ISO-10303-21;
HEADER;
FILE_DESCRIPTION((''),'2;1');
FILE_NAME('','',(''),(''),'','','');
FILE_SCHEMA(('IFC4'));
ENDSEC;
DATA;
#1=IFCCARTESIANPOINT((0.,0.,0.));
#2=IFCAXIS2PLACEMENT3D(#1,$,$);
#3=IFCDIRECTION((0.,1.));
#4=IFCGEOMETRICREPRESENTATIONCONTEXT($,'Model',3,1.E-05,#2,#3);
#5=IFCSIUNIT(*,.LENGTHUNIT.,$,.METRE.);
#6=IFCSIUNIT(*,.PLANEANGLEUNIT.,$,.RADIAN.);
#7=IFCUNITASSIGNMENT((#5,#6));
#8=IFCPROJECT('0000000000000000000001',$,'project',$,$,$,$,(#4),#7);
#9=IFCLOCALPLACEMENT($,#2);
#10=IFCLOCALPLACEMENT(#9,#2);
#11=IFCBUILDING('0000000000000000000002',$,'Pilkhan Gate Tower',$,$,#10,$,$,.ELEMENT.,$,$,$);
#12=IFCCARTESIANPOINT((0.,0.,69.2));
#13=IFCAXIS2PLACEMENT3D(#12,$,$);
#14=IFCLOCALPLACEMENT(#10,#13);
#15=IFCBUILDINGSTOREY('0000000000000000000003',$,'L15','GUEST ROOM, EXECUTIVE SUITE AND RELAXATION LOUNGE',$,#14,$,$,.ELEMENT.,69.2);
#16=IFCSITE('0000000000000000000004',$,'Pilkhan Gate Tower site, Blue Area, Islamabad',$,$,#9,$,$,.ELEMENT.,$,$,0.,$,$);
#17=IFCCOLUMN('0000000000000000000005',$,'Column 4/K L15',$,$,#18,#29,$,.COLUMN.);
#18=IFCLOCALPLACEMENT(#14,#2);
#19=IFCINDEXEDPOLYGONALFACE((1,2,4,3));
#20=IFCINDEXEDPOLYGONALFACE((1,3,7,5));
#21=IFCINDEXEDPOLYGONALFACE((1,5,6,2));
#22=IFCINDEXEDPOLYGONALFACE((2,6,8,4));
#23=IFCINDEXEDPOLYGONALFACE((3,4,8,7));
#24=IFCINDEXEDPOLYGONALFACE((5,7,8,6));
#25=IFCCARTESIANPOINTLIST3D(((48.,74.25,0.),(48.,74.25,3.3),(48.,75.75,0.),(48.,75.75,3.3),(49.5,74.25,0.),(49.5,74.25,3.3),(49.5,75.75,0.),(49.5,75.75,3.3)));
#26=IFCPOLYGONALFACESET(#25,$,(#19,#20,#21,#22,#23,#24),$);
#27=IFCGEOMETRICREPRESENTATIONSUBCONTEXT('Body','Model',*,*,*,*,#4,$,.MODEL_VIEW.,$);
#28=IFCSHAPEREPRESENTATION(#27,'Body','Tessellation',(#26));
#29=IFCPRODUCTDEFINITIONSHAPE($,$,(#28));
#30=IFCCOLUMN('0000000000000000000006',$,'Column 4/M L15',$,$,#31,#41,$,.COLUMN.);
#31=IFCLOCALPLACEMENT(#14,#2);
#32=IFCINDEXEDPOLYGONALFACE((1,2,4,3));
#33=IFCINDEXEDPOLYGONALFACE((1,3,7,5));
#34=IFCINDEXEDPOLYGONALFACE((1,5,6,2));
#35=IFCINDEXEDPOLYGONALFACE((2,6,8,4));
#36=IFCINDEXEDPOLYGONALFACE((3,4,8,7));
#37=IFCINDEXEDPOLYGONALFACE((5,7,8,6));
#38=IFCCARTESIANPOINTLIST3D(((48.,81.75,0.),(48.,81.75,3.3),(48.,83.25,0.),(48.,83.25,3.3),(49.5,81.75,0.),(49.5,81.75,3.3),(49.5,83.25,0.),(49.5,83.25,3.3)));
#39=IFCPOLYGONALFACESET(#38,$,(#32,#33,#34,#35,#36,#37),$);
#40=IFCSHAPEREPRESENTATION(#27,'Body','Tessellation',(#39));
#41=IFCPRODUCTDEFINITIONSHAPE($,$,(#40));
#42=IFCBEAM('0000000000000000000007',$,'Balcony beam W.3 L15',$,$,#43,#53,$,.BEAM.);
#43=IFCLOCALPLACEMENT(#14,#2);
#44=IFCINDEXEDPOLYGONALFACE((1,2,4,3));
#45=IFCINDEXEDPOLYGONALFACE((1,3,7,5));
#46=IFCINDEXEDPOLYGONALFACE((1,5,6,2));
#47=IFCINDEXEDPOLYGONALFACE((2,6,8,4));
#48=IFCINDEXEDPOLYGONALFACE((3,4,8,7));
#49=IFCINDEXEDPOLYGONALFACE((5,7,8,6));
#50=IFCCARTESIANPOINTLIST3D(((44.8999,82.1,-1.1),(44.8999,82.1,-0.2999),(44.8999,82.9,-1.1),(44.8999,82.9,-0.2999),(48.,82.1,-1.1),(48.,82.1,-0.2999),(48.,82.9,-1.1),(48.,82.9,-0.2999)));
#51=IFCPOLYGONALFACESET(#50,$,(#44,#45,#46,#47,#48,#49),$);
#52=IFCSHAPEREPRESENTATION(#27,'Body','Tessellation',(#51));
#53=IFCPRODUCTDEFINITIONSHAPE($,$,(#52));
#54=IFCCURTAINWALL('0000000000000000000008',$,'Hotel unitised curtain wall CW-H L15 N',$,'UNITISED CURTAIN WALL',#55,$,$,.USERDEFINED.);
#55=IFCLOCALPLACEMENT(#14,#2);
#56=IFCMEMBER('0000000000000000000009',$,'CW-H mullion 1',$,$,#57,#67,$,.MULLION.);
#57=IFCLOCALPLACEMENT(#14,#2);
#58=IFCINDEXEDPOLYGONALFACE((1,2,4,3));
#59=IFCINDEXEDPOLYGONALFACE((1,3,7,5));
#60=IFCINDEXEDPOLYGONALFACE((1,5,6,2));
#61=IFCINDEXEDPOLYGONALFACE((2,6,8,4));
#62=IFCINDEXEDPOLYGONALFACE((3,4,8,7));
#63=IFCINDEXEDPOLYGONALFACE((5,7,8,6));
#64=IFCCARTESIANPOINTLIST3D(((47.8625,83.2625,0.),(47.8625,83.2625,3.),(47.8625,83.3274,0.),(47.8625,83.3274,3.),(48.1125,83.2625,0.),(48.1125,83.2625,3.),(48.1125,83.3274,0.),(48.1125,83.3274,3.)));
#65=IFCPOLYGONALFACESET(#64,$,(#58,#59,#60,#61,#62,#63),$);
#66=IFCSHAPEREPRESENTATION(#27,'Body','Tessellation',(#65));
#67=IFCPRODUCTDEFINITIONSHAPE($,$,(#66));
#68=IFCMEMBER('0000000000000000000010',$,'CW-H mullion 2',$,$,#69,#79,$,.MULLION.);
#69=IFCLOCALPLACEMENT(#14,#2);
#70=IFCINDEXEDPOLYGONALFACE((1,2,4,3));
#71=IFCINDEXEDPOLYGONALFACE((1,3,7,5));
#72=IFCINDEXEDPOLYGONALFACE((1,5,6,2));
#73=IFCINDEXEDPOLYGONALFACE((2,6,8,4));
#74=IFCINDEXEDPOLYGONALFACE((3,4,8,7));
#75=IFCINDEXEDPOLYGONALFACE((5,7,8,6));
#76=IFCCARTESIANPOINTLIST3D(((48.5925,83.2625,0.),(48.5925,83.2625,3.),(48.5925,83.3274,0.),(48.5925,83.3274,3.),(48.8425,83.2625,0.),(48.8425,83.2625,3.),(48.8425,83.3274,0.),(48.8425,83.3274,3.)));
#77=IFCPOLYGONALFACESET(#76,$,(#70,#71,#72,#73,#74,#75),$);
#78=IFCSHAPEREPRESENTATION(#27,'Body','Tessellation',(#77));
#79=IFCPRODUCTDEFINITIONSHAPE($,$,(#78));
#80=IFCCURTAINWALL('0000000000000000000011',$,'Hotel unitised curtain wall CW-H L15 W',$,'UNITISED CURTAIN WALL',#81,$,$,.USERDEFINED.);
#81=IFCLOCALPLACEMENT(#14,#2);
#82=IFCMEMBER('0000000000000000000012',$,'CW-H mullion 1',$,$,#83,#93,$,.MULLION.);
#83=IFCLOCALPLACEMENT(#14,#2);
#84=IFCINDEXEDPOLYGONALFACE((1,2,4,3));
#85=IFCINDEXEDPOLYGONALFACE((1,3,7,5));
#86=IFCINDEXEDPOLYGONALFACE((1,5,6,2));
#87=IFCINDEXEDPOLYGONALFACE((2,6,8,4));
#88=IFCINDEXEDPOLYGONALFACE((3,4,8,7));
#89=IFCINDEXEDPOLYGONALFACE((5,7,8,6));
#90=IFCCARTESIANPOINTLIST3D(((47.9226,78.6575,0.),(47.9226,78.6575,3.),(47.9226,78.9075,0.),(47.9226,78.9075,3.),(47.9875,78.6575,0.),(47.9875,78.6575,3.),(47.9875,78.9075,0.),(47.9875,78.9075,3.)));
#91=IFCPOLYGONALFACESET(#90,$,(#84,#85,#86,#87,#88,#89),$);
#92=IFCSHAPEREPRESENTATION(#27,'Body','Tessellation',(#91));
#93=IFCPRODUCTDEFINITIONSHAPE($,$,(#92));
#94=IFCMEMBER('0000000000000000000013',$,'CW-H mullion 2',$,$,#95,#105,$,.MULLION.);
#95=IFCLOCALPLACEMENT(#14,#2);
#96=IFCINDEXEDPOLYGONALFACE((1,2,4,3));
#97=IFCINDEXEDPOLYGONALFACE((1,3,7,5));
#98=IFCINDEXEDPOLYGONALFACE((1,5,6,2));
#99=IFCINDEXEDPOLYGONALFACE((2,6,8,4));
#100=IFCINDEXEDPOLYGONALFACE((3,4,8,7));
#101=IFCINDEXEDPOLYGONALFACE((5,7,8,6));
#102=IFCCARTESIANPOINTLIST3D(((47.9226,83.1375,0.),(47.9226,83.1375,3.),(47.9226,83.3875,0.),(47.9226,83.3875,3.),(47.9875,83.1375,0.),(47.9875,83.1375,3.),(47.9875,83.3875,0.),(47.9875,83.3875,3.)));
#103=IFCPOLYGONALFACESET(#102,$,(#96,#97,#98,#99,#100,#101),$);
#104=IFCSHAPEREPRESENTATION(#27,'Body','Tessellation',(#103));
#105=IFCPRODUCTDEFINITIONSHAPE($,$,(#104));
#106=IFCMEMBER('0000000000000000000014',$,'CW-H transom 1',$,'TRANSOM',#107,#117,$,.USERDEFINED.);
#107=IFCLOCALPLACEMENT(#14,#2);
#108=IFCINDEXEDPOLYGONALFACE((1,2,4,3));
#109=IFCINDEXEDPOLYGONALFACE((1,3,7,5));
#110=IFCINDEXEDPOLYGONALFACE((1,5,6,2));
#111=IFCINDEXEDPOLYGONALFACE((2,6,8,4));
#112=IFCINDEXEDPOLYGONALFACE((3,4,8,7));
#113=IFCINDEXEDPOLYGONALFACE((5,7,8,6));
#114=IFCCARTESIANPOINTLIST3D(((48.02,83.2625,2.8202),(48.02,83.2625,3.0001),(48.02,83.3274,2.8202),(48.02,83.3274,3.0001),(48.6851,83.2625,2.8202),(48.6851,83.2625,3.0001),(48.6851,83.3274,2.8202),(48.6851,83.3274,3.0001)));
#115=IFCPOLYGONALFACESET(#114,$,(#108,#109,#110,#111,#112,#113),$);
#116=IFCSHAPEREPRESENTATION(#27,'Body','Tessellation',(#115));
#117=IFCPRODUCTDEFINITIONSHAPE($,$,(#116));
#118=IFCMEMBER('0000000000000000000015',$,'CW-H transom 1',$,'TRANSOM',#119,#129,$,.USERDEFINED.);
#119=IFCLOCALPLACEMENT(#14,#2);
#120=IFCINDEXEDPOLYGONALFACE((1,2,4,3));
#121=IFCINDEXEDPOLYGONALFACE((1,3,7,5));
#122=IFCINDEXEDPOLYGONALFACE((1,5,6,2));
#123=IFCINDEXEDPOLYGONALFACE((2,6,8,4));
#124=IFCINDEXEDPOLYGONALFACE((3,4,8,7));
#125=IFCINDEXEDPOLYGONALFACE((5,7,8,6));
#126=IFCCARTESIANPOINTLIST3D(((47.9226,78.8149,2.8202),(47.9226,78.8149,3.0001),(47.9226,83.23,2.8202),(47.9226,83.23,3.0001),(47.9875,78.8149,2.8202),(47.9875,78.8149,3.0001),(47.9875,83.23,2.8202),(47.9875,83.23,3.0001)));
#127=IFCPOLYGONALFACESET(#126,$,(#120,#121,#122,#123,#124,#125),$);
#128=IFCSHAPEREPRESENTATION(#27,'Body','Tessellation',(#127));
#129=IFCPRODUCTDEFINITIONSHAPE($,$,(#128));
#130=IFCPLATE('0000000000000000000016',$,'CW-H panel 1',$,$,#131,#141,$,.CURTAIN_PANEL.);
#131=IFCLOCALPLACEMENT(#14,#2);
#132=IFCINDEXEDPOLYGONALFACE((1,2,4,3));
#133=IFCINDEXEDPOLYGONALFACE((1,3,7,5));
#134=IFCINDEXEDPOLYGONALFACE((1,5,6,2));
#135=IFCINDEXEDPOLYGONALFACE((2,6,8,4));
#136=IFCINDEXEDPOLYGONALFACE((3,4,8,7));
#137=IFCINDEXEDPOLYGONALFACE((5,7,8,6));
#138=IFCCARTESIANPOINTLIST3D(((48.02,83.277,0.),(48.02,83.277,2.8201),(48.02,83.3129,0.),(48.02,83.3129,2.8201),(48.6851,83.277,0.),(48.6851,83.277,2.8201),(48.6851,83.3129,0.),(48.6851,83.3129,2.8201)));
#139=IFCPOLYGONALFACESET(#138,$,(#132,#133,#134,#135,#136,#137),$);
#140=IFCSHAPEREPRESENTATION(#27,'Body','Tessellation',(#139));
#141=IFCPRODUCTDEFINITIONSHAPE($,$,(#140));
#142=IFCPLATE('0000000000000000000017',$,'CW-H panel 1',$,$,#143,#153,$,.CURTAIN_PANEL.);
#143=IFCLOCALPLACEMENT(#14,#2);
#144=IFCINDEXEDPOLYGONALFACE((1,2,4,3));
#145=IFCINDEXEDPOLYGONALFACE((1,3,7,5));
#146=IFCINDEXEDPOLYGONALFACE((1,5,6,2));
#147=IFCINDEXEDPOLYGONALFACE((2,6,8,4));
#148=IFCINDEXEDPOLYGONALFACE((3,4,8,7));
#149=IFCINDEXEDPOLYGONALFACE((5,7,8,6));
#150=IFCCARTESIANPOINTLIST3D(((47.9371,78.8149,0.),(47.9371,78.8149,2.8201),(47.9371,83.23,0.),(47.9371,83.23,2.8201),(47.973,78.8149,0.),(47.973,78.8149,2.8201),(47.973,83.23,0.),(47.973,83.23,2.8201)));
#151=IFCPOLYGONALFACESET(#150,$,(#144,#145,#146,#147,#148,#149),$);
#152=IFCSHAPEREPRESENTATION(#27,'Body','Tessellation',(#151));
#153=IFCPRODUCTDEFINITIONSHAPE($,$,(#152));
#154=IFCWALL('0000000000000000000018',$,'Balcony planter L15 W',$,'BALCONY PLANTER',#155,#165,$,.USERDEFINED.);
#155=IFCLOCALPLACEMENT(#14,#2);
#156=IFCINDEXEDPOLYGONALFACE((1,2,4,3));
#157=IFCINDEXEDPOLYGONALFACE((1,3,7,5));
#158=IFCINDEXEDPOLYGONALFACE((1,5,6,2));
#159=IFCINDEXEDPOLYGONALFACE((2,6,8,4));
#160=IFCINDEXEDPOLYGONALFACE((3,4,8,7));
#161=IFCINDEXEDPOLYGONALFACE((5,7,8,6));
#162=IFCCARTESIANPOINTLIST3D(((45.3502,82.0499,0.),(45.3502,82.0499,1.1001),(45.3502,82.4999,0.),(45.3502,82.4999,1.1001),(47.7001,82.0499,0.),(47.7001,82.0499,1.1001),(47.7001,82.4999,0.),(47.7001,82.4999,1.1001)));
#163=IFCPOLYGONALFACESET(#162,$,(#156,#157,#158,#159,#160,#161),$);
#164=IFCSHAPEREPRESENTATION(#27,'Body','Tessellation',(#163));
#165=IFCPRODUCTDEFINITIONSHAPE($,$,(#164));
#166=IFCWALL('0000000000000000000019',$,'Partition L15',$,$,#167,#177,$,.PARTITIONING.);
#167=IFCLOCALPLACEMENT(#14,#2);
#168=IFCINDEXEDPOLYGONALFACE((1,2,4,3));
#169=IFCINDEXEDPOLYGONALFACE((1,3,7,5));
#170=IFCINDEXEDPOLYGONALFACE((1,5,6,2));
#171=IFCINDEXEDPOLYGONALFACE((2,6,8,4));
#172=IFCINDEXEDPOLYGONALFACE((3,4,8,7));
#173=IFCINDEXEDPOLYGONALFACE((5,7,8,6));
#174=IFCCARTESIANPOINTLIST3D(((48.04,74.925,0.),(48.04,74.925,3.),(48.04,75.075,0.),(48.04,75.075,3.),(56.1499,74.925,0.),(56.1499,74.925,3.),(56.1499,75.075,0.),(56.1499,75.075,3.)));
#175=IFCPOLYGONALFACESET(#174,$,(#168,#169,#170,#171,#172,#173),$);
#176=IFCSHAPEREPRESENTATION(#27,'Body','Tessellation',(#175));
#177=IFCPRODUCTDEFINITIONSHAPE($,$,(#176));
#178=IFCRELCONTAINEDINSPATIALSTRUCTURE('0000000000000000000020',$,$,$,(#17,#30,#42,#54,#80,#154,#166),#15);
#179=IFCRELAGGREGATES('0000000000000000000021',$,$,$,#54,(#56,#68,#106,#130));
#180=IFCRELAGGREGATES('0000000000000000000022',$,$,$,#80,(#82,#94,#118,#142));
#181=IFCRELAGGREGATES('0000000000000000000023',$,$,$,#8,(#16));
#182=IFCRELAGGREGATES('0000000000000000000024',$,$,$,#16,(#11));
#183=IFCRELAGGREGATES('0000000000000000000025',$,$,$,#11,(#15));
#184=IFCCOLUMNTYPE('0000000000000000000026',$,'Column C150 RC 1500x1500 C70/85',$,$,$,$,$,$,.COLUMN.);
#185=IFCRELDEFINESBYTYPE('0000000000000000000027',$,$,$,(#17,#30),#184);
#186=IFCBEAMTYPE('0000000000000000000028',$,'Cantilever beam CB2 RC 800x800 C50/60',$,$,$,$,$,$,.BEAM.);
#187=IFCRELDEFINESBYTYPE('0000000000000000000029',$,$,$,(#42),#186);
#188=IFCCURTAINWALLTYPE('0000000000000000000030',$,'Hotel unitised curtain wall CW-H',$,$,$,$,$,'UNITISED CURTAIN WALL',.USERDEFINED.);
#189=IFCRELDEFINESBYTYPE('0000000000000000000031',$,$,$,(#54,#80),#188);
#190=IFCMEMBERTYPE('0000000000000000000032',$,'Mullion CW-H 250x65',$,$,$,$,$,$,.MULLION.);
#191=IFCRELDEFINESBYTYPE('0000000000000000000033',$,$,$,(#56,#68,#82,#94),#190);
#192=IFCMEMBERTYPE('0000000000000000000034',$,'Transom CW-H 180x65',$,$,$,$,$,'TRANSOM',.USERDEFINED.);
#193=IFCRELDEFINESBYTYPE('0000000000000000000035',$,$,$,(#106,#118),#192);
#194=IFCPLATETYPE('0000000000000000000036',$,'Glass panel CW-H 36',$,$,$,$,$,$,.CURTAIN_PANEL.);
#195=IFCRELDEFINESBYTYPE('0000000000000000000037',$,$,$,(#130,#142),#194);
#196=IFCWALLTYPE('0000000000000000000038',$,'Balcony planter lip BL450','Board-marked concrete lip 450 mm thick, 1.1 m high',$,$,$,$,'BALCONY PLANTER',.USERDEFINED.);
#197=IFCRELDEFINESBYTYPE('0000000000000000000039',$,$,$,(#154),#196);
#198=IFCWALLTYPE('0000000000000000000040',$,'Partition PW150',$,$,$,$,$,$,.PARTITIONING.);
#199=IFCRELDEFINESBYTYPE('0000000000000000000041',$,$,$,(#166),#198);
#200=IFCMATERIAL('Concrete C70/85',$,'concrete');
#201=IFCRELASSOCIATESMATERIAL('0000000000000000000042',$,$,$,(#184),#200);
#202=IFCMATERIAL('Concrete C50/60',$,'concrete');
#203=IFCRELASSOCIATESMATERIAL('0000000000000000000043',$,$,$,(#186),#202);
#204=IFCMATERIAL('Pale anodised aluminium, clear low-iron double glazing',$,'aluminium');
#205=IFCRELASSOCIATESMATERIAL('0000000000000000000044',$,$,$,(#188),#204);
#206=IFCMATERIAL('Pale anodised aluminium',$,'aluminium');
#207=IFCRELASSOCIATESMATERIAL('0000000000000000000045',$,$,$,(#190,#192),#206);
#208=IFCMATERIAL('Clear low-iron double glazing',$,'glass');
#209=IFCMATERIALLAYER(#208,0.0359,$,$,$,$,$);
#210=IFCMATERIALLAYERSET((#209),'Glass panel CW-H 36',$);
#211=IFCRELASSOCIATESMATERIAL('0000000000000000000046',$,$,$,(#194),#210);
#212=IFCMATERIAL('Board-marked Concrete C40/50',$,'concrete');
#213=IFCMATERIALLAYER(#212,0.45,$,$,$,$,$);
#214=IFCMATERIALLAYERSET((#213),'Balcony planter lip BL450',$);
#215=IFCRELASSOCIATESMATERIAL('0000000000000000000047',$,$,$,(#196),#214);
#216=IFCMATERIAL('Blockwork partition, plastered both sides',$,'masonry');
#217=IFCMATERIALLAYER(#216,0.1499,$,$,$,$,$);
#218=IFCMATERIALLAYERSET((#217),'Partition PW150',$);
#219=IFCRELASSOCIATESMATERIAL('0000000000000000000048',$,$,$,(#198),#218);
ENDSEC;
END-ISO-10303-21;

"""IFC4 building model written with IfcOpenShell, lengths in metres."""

from ifc_helpers import new_model, si_unit, direction, frame, frame_2d, origin, origin_2d, place, context, subcontext, project, spatial, rectangle, extrude, material, layer, layer_set, material_profile, profile_set, type_object, element, aggregate, save


model = new_model("IFC4")

# Units and contexts
model_context = context("Model", 3, precision=1e-05, world=origin(), true_north=direction((0.0, 1.0)))
body_context = subcontext(model_context, "Body", "Model", "MODEL_VIEW")
ifc_project = project(units=[si_unit("LENGTHUNIT", "METRE"), si_unit("PLANEANGLEUNIT", "RADIAN")], contexts=[model_context])

# Site, building, storey
site_placement = place(None, origin())
site = spatial("IfcSite", under=ifc_project, at=site_placement, Name="Pilkhan Gate Tower site, Blue Area, Islamabad", CompositionType="ELEMENT", RefElevation=0.0)
building_placement = place(site_placement, origin())
building = spatial("IfcBuilding", under=site, at=building_placement, Name="Pilkhan Gate Tower", CompositionType="ELEMENT")
storey_placement = place(building_placement, frame((0.0, 0.0, 69.2)))
storey = spatial("IfcBuildingStorey", under=building, at=storey_placement, Name="L15", Description="GUEST ROOM, EXECUTIVE SUITE AND RELAXATION LOUNGE", CompositionType="ELEMENT", Elevation=69.2)

# Columns
ifc_material_1 = material(Name="Concrete C70/85", Category="concrete")
ifc_material_profile_1 = material_profile(ifc_material_1, rectangle(XDim=1.5, YDim=1.5, at=origin_2d()), Name="RC 1500x1500")
ifc_profile_set_1 = profile_set([ifc_material_profile_1], Name="Concrete C70/85")
column_type = type_object("IfcColumnType", Name="Column C150 RC 1500x1500 C70/85", PredefinedType="COLUMN", material=ifc_profile_set_1)
for number, where, z_axis, x_axis, name in (
    (1, (48.75, 75.0, 0.0), (0.0, 0.0, 1.0), (1.0, 0.0, 0.0), "Column 4/K L15"),
    (2, (48.75, 82.5, 0.0), (0.0, 0.0, 1.0), (1.0, 0.0, 0.0), "Column 4/M L15"),
):
    element("IfcColumn", number, at=place(storey_placement, frame(where, z_axis=z_axis, x_axis=x_axis)), inside=storey, type_object=column_type, Name=name, PredefinedType="COLUMN", context=body_context, shape_type="SweptSolid", body=[
        extrude(rectangle(XDim=1.5, YDim=1.5, at=origin_2d()), origin(), (0.0, 0.0, 1.0), 3.3),
    ])

# Beam
ifc_material_2 = material(Name="Concrete C50/60", Category="concrete")
ifc_material_profile_2 = material_profile(ifc_material_2, rectangle(XDim=0.8, YDim=0.8, at=origin_2d()), Name="RC 800x800")
ifc_profile_set_2 = profile_set([ifc_material_profile_2], Name="Concrete C50/60")
beam_type = type_object("IfcBeamType", Name="Cantilever beam CB2 RC 800x800 C50/60", PredefinedType="BEAM", material=ifc_profile_set_2)
beam_placement = place(storey_placement, frame((48.0, 82.5, -0.7), z_axis=(-1.0, 0.0, 0.0), x_axis=(0.0, -1.0, 0.0)))
element("IfcBeam", 3, at=beam_placement, inside=storey, type_object=beam_type, Name="Balcony beam W.3 L15", PredefinedType="BEAM", context=body_context, shape_type="SweptSolid", body=[
    extrude(rectangle(XDim=0.8, YDim=0.8, at=origin_2d()), origin(), (0.0, 0.0, 1.0), 3.1001),
])

# Curtain walls, members
ifc_material_3 = material(Name="Pale anodised aluminium, clear low-iron double glazing", Category="aluminium")
curtain_wall_type = type_object("IfcCurtainWallType", Name="Hotel unitised curtain wall CW-H", ElementType="UNITISED CURTAIN WALL", PredefinedType="USERDEFINED", material=ifc_material_3)
curtain_wall_1_placement = place(storey_placement, origin())
curtain_wall_1 = element("IfcCurtainWall", 4, at=curtain_wall_1_placement, inside=storey, type_object=curtain_wall_type, Name="Hotel unitised curtain wall CW-H L15 N", ObjectType="UNITISED CURTAIN WALL", PredefinedType="USERDEFINED")
ifc_material_4 = material(Name="Pale anodised aluminium", Category="aluminium")
ifc_material_profile_3 = material_profile(ifc_material_4, rectangle(XDim=0.0649, YDim=0.25, at=origin_2d()), Name="Mullion 250x65")
ifc_profile_set_3 = profile_set([ifc_material_profile_3], Name="Pale anodised aluminium")
member_type_1 = type_object("IfcMemberType", Name="Mullion CW-H 250x65", PredefinedType="MULLION", material=ifc_profile_set_3)
member_1_placement = place(storey_placement, frame((47.9875, 83.2949, 0.0), z_axis=(0.0, 0.0, 1.0), x_axis=(0.0, 1.0, 0.0)))
member_1 = element("IfcMember", 5, at=member_1_placement, type_object=member_type_1, Name="CW-H mullion 1", PredefinedType="MULLION", context=body_context, shape_type="SweptSolid", body=[
    extrude(rectangle(XDim=0.0649, YDim=0.25, at=origin_2d()), origin(), (0.0, 0.0, 1.0), 3.0),
])
member_2_placement = place(storey_placement, frame((48.7175, 83.2949, 0.0), z_axis=(0.0, 0.0, 1.0), x_axis=(0.0, 1.0, 0.0)))
member_2 = element("IfcMember", 6, at=member_2_placement, type_object=member_type_1, Name="CW-H mullion 2", PredefinedType="MULLION", context=body_context, shape_type="SweptSolid", body=[
    extrude(rectangle(XDim=0.0649, YDim=0.25, at=origin_2d()), origin(), (0.0, 0.0, 1.0), 3.0),
])
curtain_wall_2_placement = place(storey_placement, origin())
curtain_wall_2 = element("IfcCurtainWall", 7, at=curtain_wall_2_placement, inside=storey, type_object=curtain_wall_type, Name="Hotel unitised curtain wall CW-H L15 W", ObjectType="UNITISED CURTAIN WALL", PredefinedType="USERDEFINED")
member_3_placement = place(storey_placement, frame((47.9551, 78.7825, 0.0), z_axis=(0.0, 0.0, 1.0), x_axis=(-1.0, 0.0, 0.0)))
member_3 = element("IfcMember", 8, at=member_3_placement, type_object=member_type_1, Name="CW-H mullion 1", PredefinedType="MULLION", context=body_context, shape_type="SweptSolid", body=[
    extrude(rectangle(XDim=0.0649, YDim=0.25, at=origin_2d()), origin(), (0.0, 0.0, 1.0), 3.0),
])
member_4_placement = place(storey_placement, frame((47.9551, 83.2625, 0.0), z_axis=(0.0, 0.0, 1.0), x_axis=(-1.0, 0.0, 0.0)))
member_4 = element("IfcMember", 9, at=member_4_placement, type_object=member_type_1, Name="CW-H mullion 2", PredefinedType="MULLION", context=body_context, shape_type="SweptSolid", body=[
    extrude(rectangle(XDim=0.0649, YDim=0.25, at=origin_2d()), origin(), (0.0, 0.0, 1.0), 3.0),
])

# Members
ifc_material_profile_4 = material_profile(ifc_material_4, rectangle(XDim=0.0649, YDim=0.1799, at=origin_2d()), Name="Transom 180x65")
ifc_profile_set_4 = profile_set([ifc_material_profile_4], Name="Pale anodised aluminium")
member_type_2 = type_object("IfcMemberType", Name="Transom CW-H 180x65", ElementType="TRANSOM", PredefinedType="USERDEFINED", material=ifc_profile_set_4)
member_5_placement = place(storey_placement, frame((48.02, 83.2949, 2.9102), z_axis=(1.0, 0.0, 0.0), x_axis=(0.0, 1.0, 0.0)))
member_5 = element("IfcMember", 10, at=member_5_placement, type_object=member_type_2, Name="CW-H transom 1", ObjectType="TRANSOM", PredefinedType="USERDEFINED", context=body_context, shape_type="SweptSolid", body=[
    extrude(rectangle(XDim=0.0649, YDim=0.1799, at=origin_2d()), origin(), (0.0, 0.0, 1.0), 0.665),
])
member_6_placement = place(storey_placement, frame((47.9551, 78.8149, 2.9102), z_axis=(0.0, 1.0, 0.0), x_axis=(-1.0, 0.0, 0.0)))
member_6 = element("IfcMember", 11, at=member_6_placement, type_object=member_type_2, Name="CW-H transom 1", ObjectType="TRANSOM", PredefinedType="USERDEFINED", context=body_context, shape_type="SweptSolid", body=[
    extrude(rectangle(XDim=0.0649, YDim=0.1799, at=origin_2d()), origin(), (0.0, 0.0, 1.0), 4.415),
])

# Plates
ifc_material_5 = material(Name="Clear low-iron double glazing", Category="glass")
ifc_layer_1 = layer(ifc_material_5, 0.0359)
ifc_layer_set_1 = layer_set([ifc_layer_1], Name="Glass panel CW-H 36")
plate_type = type_object("IfcPlateType", Name="Glass panel CW-H 36", PredefinedType="CURTAIN_PANEL", material=ifc_layer_set_1)
plate_1_placement = place(storey_placement, frame((48.3525, 83.2949, 0.0), z_axis=(0.0, 0.0, 1.0), x_axis=(1.0, 0.0, 0.0)))
plate_1 = element("IfcPlate", 12, at=plate_1_placement, type_object=plate_type, Name="CW-H panel 1", PredefinedType="CURTAIN_PANEL", context=body_context, shape_type="SweptSolid", body=[
    extrude(rectangle(XDim=0.665, YDim=0.0359, at=origin_2d()), origin(), (0.0, 0.0, 1.0), 2.8201),
])
aggregate(curtain_wall_1, [member_1, member_2, member_5, plate_1])
plate_2_placement = place(storey_placement, frame((47.9551, 81.0225, 0.0), z_axis=(0.0, 0.0, 1.0), x_axis=(0.0, 1.0, 0.0)))
plate_2 = element("IfcPlate", 13, at=plate_2_placement, type_object=plate_type, Name="CW-H panel 1", PredefinedType="CURTAIN_PANEL", context=body_context, shape_type="SweptSolid", body=[
    extrude(rectangle(XDim=4.415, YDim=0.0359, at=origin_2d()), origin(), (0.0, 0.0, 1.0), 2.8201),
])
aggregate(curtain_wall_2, [member_3, member_4, member_6, plate_2])

# Walls
ifc_material_6 = material(Name="Board-marked Concrete C40/50", Category="concrete")
ifc_layer_2 = layer(ifc_material_6, 0.45)
ifc_layer_set_2 = layer_set([ifc_layer_2], Name="Balcony planter lip BL450")
wall_type_1 = type_object("IfcWallType", Name="Balcony planter lip BL450", Description="Board-marked concrete lip 450 mm thick, 1.1 m high", ElementType="BALCONY PLANTER", PredefinedType="USERDEFINED", material=ifc_layer_set_2)
wall_1_placement = place(storey_placement, frame((47.7, 82.2749, 0.0), z_axis=(0.0, 0.0, 1.0), x_axis=(-1.0, 0.0, 0.0)))
element("IfcWall", 14, at=wall_1_placement, inside=storey, type_object=wall_type_1, Name="Balcony planter L15 W", ObjectType="BALCONY PLANTER", PredefinedType="USERDEFINED", context=body_context, shape_type="SweptSolid", body=[
    extrude(rectangle(XDim=2.3499, YDim=0.45, at=frame_2d((1.1748, 0.0))), origin(), (0.0, 0.0, 1.0), 1.1001),
])
ifc_material_7 = material(Name="Blockwork partition, plastered both sides", Category="masonry")
ifc_layer_3 = layer(ifc_material_7, 0.1499)
ifc_layer_set_3 = layer_set([ifc_layer_3], Name="Partition PW150")
wall_type_2 = type_object("IfcWallType", Name="Partition PW150", PredefinedType="PARTITIONING", material=ifc_layer_set_3)
wall_2_placement = place(storey_placement, frame((48.04, 75.0, 0.0), z_axis=(0.0, 0.0, 1.0), x_axis=(1.0, 0.0, 0.0)))
element("IfcWall", 15, at=wall_2_placement, inside=storey, type_object=wall_type_2, Name="Partition L15", PredefinedType="PARTITIONING", context=body_context, shape_type="SweptSolid", body=[
    extrude(rectangle(XDim=8.1099, YDim=0.1499, at=frame_2d((4.0549, 0.0))), origin(), (0.0, 0.0, 1.0), 3.0),
])

save(model, "model.ifc")
